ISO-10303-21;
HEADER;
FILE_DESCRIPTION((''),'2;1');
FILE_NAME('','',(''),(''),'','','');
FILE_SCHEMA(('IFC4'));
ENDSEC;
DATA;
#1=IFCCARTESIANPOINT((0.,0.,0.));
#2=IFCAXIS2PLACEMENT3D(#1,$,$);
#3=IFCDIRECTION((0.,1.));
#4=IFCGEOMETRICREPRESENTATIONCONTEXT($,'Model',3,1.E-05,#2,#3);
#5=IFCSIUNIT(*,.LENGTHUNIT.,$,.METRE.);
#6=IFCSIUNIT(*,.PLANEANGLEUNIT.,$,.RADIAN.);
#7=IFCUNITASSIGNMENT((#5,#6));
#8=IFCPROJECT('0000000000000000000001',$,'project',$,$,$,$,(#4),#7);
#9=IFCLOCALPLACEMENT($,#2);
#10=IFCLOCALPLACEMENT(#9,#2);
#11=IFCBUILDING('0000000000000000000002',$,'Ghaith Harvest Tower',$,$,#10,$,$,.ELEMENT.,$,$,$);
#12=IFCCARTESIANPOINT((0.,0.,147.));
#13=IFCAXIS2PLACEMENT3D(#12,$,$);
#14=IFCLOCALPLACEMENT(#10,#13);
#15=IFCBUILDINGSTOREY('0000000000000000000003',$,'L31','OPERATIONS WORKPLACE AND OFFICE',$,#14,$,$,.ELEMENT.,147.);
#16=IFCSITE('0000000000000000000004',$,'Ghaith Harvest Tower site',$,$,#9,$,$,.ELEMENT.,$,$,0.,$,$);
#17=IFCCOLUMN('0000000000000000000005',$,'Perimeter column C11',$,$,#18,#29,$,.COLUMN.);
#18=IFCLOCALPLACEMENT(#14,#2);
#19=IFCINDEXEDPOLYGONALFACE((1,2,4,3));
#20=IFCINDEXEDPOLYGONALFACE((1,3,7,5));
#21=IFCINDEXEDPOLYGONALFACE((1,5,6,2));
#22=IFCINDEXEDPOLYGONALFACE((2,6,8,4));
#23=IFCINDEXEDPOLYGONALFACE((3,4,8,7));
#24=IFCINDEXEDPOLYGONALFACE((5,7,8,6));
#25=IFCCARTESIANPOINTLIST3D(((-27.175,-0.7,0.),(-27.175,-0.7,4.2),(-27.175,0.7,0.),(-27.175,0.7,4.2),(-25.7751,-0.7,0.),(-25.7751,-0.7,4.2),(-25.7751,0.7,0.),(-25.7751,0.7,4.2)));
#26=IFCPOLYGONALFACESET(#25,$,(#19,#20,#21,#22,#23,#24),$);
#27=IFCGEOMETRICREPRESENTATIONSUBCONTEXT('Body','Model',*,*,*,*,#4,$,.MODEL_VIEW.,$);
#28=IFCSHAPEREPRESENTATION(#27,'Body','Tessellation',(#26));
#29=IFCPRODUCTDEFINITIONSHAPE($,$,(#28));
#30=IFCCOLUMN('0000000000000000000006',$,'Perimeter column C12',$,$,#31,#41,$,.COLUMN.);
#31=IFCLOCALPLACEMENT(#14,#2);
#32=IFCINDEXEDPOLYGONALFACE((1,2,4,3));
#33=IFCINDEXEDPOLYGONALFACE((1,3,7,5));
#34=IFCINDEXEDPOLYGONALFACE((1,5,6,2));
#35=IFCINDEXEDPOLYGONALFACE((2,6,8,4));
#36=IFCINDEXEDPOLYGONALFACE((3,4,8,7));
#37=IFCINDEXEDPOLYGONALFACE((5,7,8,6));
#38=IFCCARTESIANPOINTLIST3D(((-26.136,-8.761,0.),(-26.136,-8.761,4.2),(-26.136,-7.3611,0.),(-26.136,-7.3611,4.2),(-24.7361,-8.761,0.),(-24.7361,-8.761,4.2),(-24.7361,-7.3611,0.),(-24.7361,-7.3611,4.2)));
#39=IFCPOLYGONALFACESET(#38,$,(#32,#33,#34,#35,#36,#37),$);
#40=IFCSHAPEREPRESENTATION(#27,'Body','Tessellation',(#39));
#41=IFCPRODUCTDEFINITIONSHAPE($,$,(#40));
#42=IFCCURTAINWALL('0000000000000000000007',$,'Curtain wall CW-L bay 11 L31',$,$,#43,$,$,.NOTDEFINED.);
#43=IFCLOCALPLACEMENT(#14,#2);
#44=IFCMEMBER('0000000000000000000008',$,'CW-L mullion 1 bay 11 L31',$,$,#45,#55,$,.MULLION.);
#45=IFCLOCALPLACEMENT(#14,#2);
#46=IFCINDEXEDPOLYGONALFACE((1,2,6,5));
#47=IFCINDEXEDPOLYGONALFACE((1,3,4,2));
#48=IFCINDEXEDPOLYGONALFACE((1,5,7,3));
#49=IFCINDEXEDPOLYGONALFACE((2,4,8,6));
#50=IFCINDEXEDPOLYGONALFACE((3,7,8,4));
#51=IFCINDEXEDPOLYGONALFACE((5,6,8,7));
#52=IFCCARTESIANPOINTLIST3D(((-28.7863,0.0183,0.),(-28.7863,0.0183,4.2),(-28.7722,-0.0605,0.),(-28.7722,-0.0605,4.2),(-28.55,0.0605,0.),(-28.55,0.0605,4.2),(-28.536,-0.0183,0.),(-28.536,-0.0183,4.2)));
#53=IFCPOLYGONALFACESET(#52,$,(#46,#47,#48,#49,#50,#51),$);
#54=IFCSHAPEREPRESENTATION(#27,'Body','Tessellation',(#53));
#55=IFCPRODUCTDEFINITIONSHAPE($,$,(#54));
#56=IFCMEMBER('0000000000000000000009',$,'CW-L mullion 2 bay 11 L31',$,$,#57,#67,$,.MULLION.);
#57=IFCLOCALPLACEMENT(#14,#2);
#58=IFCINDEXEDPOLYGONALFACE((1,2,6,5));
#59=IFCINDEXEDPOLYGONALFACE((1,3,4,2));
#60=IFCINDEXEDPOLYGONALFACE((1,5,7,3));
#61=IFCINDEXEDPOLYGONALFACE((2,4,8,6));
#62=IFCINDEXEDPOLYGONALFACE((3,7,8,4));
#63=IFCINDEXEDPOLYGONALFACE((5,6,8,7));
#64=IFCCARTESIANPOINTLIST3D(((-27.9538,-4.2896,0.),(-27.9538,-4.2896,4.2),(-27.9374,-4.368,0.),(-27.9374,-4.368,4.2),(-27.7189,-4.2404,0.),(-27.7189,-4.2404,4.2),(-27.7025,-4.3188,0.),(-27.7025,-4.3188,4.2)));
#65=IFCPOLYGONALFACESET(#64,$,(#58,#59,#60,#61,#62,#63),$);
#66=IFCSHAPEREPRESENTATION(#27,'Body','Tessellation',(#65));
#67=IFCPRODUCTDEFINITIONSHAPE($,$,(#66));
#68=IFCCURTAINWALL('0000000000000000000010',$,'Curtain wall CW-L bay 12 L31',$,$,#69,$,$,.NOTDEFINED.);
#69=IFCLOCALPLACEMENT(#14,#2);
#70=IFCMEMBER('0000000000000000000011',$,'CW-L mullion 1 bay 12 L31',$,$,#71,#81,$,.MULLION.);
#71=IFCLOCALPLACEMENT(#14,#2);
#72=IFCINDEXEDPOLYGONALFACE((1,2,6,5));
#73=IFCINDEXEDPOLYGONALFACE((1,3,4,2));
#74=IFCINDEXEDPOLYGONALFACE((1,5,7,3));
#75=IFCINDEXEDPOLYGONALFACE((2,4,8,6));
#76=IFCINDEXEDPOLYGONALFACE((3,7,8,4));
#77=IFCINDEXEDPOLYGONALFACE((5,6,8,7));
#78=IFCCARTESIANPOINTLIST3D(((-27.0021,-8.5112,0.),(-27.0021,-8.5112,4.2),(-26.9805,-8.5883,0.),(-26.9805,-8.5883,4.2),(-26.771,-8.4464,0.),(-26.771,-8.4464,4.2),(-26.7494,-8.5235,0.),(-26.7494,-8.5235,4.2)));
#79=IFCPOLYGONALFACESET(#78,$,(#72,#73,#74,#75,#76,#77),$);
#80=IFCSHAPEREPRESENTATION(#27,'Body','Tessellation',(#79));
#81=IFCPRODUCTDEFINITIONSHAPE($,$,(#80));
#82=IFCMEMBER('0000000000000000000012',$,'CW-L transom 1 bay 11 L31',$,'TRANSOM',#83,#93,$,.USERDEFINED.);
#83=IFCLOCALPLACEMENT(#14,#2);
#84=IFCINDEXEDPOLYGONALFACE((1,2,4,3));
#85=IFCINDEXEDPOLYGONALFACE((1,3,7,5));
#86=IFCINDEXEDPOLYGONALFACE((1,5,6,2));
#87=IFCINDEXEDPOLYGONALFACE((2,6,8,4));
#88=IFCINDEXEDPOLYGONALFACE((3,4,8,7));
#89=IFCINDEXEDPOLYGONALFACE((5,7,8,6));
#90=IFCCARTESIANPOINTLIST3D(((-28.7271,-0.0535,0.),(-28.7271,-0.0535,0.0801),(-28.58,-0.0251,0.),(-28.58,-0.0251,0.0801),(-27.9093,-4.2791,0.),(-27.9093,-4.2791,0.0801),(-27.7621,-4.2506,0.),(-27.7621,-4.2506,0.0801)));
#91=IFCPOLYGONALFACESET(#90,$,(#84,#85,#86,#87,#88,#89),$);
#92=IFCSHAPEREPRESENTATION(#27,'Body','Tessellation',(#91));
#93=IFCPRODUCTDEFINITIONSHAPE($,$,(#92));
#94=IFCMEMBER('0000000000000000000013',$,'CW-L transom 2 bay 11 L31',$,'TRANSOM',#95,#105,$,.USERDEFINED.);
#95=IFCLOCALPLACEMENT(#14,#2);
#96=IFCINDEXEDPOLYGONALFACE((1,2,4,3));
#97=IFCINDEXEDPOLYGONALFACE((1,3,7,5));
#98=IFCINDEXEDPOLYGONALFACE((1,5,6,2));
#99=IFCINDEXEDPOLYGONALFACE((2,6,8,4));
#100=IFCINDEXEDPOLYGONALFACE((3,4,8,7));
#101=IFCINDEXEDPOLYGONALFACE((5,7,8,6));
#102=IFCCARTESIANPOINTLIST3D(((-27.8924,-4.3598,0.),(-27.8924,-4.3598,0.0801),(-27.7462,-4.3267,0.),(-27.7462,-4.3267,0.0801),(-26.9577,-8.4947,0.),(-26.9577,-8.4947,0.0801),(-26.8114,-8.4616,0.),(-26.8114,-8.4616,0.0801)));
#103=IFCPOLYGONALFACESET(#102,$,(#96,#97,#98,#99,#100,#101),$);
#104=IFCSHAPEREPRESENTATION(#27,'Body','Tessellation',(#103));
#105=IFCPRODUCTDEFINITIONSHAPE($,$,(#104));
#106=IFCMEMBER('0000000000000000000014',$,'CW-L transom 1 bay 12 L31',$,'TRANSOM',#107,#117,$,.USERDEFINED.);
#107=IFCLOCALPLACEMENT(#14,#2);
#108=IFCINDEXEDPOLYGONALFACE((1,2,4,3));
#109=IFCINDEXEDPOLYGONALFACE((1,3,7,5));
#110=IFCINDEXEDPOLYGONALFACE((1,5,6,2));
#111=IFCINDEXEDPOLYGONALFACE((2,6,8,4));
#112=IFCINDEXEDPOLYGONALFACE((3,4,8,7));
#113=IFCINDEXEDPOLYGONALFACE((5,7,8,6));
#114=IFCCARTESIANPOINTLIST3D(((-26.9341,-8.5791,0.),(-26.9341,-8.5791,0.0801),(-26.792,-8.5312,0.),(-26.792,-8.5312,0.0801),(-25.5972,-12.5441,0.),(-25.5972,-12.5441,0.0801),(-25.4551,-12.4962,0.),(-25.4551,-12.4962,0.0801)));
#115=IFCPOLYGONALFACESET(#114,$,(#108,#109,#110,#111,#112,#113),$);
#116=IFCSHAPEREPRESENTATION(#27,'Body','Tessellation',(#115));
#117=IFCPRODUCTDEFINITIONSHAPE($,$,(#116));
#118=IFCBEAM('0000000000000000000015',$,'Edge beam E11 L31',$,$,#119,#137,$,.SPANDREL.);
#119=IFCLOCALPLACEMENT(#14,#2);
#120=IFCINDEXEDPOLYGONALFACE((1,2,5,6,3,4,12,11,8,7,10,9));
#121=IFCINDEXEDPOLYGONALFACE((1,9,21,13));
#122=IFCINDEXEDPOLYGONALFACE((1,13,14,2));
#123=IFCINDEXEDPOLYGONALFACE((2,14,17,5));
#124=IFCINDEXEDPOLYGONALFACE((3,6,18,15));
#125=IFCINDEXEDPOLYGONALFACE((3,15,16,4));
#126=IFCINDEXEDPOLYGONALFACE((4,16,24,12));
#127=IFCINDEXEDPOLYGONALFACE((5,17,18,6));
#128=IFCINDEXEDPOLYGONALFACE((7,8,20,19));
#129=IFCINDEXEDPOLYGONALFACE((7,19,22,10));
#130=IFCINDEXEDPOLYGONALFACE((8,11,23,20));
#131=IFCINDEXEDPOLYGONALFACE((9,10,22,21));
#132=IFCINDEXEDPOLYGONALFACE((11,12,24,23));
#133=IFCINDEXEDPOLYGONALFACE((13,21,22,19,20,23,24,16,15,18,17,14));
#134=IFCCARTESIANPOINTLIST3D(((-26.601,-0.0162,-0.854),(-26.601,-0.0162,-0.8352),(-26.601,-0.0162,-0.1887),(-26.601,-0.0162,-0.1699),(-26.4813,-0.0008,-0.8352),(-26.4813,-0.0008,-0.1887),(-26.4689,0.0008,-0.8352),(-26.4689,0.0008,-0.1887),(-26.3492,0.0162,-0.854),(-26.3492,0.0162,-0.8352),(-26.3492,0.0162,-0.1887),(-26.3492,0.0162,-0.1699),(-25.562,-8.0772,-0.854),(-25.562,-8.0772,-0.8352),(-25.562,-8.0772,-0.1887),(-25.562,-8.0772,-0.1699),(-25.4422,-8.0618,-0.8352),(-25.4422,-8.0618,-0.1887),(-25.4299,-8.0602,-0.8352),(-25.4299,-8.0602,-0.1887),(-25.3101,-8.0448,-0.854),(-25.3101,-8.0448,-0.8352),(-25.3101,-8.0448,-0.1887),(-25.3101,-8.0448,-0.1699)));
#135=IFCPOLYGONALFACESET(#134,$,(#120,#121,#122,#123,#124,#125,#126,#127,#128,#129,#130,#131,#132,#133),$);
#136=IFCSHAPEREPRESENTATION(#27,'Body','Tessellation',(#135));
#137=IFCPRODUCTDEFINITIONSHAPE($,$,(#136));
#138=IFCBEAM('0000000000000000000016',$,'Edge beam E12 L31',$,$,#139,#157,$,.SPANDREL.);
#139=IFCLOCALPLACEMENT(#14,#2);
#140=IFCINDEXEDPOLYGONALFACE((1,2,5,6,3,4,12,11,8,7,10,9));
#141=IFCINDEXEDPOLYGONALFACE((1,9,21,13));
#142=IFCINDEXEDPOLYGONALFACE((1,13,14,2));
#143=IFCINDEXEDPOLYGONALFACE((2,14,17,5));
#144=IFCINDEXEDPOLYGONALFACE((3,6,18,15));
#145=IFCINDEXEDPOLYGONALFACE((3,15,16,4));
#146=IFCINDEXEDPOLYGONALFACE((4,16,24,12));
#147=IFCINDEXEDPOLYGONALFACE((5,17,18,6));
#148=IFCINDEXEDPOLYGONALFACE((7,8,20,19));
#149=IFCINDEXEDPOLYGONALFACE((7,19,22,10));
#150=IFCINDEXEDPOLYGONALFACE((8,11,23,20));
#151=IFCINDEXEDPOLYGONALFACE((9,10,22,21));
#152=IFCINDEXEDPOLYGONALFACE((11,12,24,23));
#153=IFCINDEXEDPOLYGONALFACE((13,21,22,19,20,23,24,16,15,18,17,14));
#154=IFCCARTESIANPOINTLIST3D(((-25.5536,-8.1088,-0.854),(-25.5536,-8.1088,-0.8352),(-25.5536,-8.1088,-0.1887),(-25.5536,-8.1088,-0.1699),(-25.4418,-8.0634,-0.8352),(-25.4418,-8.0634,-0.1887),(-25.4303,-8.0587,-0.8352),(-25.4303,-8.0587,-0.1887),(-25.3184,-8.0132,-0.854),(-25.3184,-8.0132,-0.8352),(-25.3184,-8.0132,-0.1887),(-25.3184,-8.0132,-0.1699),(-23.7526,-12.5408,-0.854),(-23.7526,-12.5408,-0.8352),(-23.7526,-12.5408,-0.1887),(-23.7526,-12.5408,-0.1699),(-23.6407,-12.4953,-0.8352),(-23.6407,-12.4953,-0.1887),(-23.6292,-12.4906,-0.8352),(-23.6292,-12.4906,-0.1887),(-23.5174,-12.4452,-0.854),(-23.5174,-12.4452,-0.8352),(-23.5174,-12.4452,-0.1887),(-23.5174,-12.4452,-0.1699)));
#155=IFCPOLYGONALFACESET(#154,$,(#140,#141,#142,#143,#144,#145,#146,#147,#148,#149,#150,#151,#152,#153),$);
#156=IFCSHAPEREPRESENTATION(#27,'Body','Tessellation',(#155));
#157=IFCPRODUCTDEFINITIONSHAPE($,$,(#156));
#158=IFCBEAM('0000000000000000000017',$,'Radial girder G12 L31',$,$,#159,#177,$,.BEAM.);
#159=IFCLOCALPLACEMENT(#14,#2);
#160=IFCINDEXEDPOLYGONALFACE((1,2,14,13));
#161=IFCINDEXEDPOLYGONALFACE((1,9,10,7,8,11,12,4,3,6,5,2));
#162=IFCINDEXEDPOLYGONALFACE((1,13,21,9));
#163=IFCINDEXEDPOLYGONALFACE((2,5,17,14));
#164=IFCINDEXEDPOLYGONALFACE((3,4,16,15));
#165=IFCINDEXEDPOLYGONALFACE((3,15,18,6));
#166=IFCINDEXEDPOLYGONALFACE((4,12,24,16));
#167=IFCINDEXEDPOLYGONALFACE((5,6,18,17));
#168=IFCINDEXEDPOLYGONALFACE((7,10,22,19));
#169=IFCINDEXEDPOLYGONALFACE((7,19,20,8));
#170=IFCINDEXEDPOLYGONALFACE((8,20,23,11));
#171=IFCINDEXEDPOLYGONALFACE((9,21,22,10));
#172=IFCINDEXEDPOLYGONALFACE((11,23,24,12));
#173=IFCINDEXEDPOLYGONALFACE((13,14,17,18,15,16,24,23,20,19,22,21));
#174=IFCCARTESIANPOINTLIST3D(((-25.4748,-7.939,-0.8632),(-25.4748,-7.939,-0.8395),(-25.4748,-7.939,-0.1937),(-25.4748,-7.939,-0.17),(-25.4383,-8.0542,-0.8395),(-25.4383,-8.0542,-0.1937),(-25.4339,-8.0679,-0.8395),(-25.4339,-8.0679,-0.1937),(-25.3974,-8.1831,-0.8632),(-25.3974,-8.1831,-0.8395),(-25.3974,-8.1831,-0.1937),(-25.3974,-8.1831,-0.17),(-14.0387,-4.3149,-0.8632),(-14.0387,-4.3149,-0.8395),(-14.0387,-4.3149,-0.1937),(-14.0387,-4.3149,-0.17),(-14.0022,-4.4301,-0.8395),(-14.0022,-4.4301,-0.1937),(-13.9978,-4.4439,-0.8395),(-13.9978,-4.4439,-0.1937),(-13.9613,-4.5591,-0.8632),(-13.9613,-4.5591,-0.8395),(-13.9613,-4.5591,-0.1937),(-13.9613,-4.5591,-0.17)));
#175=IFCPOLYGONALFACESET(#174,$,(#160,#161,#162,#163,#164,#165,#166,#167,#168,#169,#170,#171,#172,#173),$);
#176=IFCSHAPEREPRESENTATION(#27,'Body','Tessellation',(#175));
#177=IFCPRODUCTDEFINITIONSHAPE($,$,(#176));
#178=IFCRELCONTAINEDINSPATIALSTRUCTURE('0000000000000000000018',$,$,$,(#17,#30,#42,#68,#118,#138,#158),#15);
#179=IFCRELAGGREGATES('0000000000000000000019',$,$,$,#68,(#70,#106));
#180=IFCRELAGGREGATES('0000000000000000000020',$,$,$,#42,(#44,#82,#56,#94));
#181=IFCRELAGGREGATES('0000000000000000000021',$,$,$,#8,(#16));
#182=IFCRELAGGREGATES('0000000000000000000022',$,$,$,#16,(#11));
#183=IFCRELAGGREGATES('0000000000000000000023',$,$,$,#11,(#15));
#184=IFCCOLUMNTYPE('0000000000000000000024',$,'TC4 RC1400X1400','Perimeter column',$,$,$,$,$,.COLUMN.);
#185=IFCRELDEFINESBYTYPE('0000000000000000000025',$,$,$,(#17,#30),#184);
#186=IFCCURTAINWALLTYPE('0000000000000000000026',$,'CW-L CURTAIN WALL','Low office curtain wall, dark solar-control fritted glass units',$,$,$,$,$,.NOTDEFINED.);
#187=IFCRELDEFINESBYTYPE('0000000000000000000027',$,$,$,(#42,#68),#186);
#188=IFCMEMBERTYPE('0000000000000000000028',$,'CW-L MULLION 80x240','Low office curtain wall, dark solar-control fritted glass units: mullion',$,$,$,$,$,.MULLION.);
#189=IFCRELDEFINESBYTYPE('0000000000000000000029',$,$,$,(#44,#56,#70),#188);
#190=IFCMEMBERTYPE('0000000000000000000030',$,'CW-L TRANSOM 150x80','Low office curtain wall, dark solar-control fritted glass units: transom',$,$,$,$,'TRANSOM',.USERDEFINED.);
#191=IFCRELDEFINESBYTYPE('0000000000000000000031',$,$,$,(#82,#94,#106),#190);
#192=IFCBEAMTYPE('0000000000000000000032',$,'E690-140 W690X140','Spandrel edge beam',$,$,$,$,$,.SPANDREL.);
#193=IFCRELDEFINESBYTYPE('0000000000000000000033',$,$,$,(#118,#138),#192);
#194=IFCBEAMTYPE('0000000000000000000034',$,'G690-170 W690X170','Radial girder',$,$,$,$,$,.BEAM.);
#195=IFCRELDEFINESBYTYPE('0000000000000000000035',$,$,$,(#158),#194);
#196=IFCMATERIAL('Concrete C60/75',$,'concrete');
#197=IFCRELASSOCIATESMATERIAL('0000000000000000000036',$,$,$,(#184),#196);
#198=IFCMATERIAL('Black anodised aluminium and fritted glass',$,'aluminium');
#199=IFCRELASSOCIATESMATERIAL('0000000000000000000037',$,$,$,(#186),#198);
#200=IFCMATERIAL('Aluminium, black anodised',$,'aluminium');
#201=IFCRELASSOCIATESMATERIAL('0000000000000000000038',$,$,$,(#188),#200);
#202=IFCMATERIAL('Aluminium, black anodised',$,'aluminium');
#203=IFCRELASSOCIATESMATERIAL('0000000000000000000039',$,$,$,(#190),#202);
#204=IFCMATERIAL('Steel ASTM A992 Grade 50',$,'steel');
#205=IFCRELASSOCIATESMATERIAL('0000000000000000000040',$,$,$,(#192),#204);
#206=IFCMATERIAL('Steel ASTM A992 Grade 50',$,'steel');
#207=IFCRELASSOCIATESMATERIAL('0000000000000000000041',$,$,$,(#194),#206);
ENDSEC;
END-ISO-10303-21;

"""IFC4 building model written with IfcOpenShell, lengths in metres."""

from ifc_helpers import new_model, si_unit, direction, frame, origin, origin_2d, place, context, subcontext, project, spatial, rectangle, i_section, extrude, material, material_profile, profile_set, type_object, element, aggregate, save


model = new_model("IFC4")

# Units and contexts
model_context = context("Model", 3, precision=1e-05, world=origin(), true_north=direction((0.0, 1.0)))
body_context = subcontext(model_context, "Body", "Model", "MODEL_VIEW")
ifc_project = project(units=[si_unit("LENGTHUNIT", "METRE"), si_unit("PLANEANGLEUNIT", "RADIAN")], contexts=[model_context])

# Site, building, storey
site_placement = place(None, origin())
site = spatial("IfcSite", under=ifc_project, at=site_placement, Name="Ghaith Harvest Tower site", CompositionType="ELEMENT", RefElevation=0.0)
building_placement = place(site_placement, origin())
building = spatial("IfcBuilding", under=site, at=building_placement, Name="Ghaith Harvest Tower", CompositionType="ELEMENT")
storey_placement = place(building_placement, frame((0.0, 0.0, 147.0)))
storey = spatial("IfcBuildingStorey", under=building, at=storey_placement, Name="L31", Description="OPERATIONS WORKPLACE AND OFFICE", CompositionType="ELEMENT", Elevation=147.0)

# Columns
ifc_material_1 = material(Name="Concrete C60/75", Category="concrete")
ifc_material_profile_1 = material_profile(ifc_material_1, rectangle(XDim=1.3999, YDim=1.3999, at=origin_2d()), Name="RC1400X1400")
ifc_profile_set_1 = profile_set([ifc_material_profile_1], Name="Concrete C60/75")
column_type = type_object("IfcColumnType", Name="TC4 RC1400X1400", Description="Perimeter column", PredefinedType="COLUMN", material=ifc_profile_set_1)
for number, where, z_axis, x_axis, name in (
    (1, (-26.4751, 0.0, 0.0), (0.0, 0.0, 1.0), (1.0, 0.0, 0.0), "Perimeter column C11"),
    (2, (-25.436, -8.061, 0.0), (0.0, 0.0, 1.0), (1.0, 0.0, 0.0), "Perimeter column C12"),
):
    element("IfcColumn", number, at=place(storey_placement, frame(where, z_axis=z_axis, x_axis=x_axis)), inside=storey, type_object=column_type, Name=name, PredefinedType="COLUMN", context=body_context, shape_type="SweptSolid", body=[
        extrude(rectangle(XDim=1.3999, YDim=1.3999, at=origin_2d()), origin(), (0.0, 0.0, 1.0), 4.2),
    ])

# Curtain wall, members
ifc_material_2 = material(Name="Black anodised aluminium and fritted glass", Category="aluminium")
curtain_wall_type = type_object("IfcCurtainWallType", Name="CW-L CURTAIN WALL", Description="Low office curtain wall, dark solar-control fritted glass units", PredefinedType="NOTDEFINED", material=ifc_material_2)
curtain_wall_1_placement = place(storey_placement, origin())
curtain_wall_1 = element("IfcCurtainWall", 3, at=curtain_wall_1_placement, inside=storey, type_object=curtain_wall_type, Name="Curtain wall CW-L bay 11 L31", PredefinedType="NOTDEFINED")
ifc_material_3 = material(Name="Aluminium, black anodised", Category="aluminium")
ifc_material_profile_2 = material_profile(ifc_material_3, rectangle(XDim=0.0801, YDim=0.24, at=origin_2d()), Name="CW-L MULLION 80x240")
ifc_profile_set_2 = profile_set([ifc_material_profile_2], Name="Aluminium, black anodised")
member_type_1 = type_object("IfcMemberType", Name="CW-L MULLION 80x240", Description="Low office curtain wall, dark solar-control fritted glass units: mullion", PredefinedType="MULLION", material=ifc_profile_set_2)
member_1_placement = place(storey_placement, frame((-28.6611, 0.0, 0.0), z_axis=(0.0, 0.0, 1.0), x_axis=(0.175827, -0.984421, 0.0)))
member_1 = element("IfcMember", 4, at=member_1_placement, type_object=member_type_1, Name="CW-L mullion 1 bay 11 L31", PredefinedType="MULLION", context=body_context, shape_type="SweptSolid", body=[
    extrude(rectangle(XDim=0.0801, YDim=0.24, at=origin_2d()), origin(), (0.0, 0.0, 1.0), 4.2),
])
member_2_placement = place(storey_placement, frame((-27.8281, -4.3042, 0.0), z_axis=(0.0, 0.0, 1.0), x_axis=(0.205176, -0.978725, 0.0)))
member_2 = element("IfcMember", 5, at=member_2_placement, type_object=member_type_1, Name="CW-L mullion 2 bay 11 L31", PredefinedType="MULLION", context=body_context, shape_type="SweptSolid", body=[
    extrude(rectangle(XDim=0.0801, YDim=0.24, at=origin_2d()), origin(), (0.0, 0.0, 1.0), 4.2),
])

# Curtain wall, member
curtain_wall_2_placement = place(storey_placement, origin())
curtain_wall_2 = element("IfcCurtainWall", 6, at=curtain_wall_2_placement, inside=storey, type_object=curtain_wall_type, Name="Curtain wall CW-L bay 12 L31", PredefinedType="NOTDEFINED")
member_3_placement = place(storey_placement, frame((-26.8757, -8.5173, 0.0), z_axis=(0.0, 0.0, 1.0), x_axis=(0.270019, -0.962855, 0.0)))
member_3 = element("IfcMember", 7, at=member_3_placement, type_object=member_type_1, Name="CW-L mullion 1 bay 12 L31", PredefinedType="MULLION", context=body_context, shape_type="SweptSolid", body=[
    extrude(rectangle(XDim=0.0801, YDim=0.24, at=origin_2d()), origin(), (0.0, 0.0, 1.0), 4.2),
])

# Members
ifc_material_4 = material(Name="Aluminium, black anodised", Category="aluminium")
ifc_material_profile_3 = material_profile(ifc_material_4, rectangle(XDim=0.1499, YDim=0.0801, at=origin_2d()), Name="CW-L TRANSOM 150x80")
ifc_profile_set_3 = profile_set([ifc_material_profile_3], Name="Aluminium, black anodised")
member_type_2 = type_object("IfcMemberType", Name="CW-L TRANSOM 150x80", Description="Low office curtain wall, dark solar-control fritted glass units: transom", ElementType="TRANSOM", PredefinedType="USERDEFINED", material=ifc_profile_set_3)
member_4_placement = place(storey_placement, frame((-28.6536, -0.0393, 0.04), z_axis=(0.190025, -0.981779, 0.0), x_axis=(0.981779, 0.190025, 0.0)))
member_4 = element("IfcMember", 8, at=member_4_placement, type_object=member_type_2, Name="CW-L transom 1 bay 11 L31", ObjectType="TRANSOM", PredefinedType="USERDEFINED", context=body_context, shape_type="SweptSolid", body=[
    extrude(rectangle(XDim=0.1499, YDim=0.0801, at=origin_2d()), origin(), (0.0, 0.0, 1.0), 4.304),
])
member_5_placement = place(storey_placement, frame((-27.8193, -4.3433, 0.04), z_axis=(0.220508, -0.975385, 0.0), x_axis=(0.975385, 0.220508, 0.0)))
member_5 = element("IfcMember", 9, at=member_5_placement, type_object=member_type_2, Name="CW-L transom 2 bay 11 L31", ObjectType="TRANSOM", PredefinedType="USERDEFINED", context=body_context, shape_type="SweptSolid", body=[
    extrude(rectangle(XDim=0.1499, YDim=0.0801, at=origin_2d()), origin(), (0.0, 0.0, 1.0), 4.2393),
])
member_6_placement = place(storey_placement, frame((-26.863, -8.5552, 0.04), z_axis=(0.319499, -0.947587, 0.0), x_axis=(0.947587, 0.319499, 0.0)))
member_6 = element("IfcMember", 10, at=member_6_placement, type_object=member_type_2, Name="CW-L transom 1 bay 12 L31", ObjectType="TRANSOM", PredefinedType="USERDEFINED", context=body_context, shape_type="SweptSolid", body=[
    extrude(rectangle(XDim=0.1499, YDim=0.0801, at=origin_2d()), origin(), (0.0, 0.0, 1.0), 4.1843),
])
aggregate(curtain_wall_2, [member_3, member_6])

# Beams
ifc_material_5 = material(Name="Steel ASTM A992 Grade 50", Category="steel")
ifc_material_profile_4 = material_profile(ifc_material_5, i_section(OverallWidth=0.2539, OverallDepth=0.6841, WebThickness=0.0125, FlangeThickness=0.0188, at=origin_2d()), Name="W690X140")
ifc_profile_set_4 = profile_set([ifc_material_profile_4], Name="Steel ASTM A992 Grade 50")
beam_type_1 = type_object("IfcBeamType", Name="E690-140 W690X140", Description="Spandrel edge beam", PredefinedType="SPANDREL", material=ifc_profile_set_4)
beam_1_placement = place(storey_placement, frame((-26.4751, 0.0, -0.512), z_axis=(0.127842, -0.991795, 0.0), x_axis=(0.991795, 0.127842, 0.0)))
element("IfcBeam", 11, at=beam_1_placement, inside=storey, type_object=beam_type_1, Name="Edge beam E11 L31", PredefinedType="SPANDREL", context=body_context, shape_type="SweptSolid", body=[
    extrude(i_section(OverallWidth=0.2539, OverallDepth=0.6841, WebThickness=0.0125, FlangeThickness=0.0188, at=origin_2d()), origin(), (0.0, 0.0, 1.0), 8.1277),
])
beam_2_placement = place(storey_placement, frame((-25.436, -8.061, -0.512), z_axis=(0.37648, -0.926425, 0.0), x_axis=(0.926425, 0.37648, 0.0)))
element("IfcBeam", 12, at=beam_2_placement, inside=storey, type_object=beam_type_1, Name="Edge beam E12 L31", PredefinedType="SPANDREL", context=body_context, shape_type="SweptSolid", body=[
    extrude(i_section(OverallWidth=0.2539, OverallDepth=0.6841, WebThickness=0.0125, FlangeThickness=0.0188, at=origin_2d()), origin(), (0.0, 0.0, 1.0), 4.7839),
])
ifc_material_6 = material(Name="Steel ASTM A992 Grade 50", Category="steel")
ifc_material_profile_5 = material_profile(ifc_material_6, i_section(OverallWidth=0.2561, OverallDepth=0.6931, WebThickness=0.0144, FlangeThickness=0.0237, at=origin_2d()), Name="W690X170")
ifc_profile_set_5 = profile_set([ifc_material_profile_5], Name="Steel ASTM A992 Grade 50")
beam_type_2 = type_object("IfcBeamType", Name="G690-170 W690X170", Description="Radial girder", PredefinedType="BEAM", material=ifc_profile_set_5)
beam_3_placement = place(storey_placement, frame((-14.0, -4.437, -0.5166), z_axis=(-0.95328, -0.30209, 0.0), x_axis=(0.30209, -0.95328, 0.0)))
element("IfcBeam", 13, at=beam_3_placement, inside=storey, type_object=beam_type_2, Name="Radial girder G12 L31", PredefinedType="BEAM", context=body_context, shape_type="SweptSolid", body=[
    extrude(i_section(OverallWidth=0.2561, OverallDepth=0.6931, WebThickness=0.0144, FlangeThickness=0.0237, at=origin_2d()), origin(), (0.0, 0.0, 1.0), 11.9966),
])

aggregate(curtain_wall_1, [member_1, member_4, member_2, member_5])

save(model, "model.ifc")
